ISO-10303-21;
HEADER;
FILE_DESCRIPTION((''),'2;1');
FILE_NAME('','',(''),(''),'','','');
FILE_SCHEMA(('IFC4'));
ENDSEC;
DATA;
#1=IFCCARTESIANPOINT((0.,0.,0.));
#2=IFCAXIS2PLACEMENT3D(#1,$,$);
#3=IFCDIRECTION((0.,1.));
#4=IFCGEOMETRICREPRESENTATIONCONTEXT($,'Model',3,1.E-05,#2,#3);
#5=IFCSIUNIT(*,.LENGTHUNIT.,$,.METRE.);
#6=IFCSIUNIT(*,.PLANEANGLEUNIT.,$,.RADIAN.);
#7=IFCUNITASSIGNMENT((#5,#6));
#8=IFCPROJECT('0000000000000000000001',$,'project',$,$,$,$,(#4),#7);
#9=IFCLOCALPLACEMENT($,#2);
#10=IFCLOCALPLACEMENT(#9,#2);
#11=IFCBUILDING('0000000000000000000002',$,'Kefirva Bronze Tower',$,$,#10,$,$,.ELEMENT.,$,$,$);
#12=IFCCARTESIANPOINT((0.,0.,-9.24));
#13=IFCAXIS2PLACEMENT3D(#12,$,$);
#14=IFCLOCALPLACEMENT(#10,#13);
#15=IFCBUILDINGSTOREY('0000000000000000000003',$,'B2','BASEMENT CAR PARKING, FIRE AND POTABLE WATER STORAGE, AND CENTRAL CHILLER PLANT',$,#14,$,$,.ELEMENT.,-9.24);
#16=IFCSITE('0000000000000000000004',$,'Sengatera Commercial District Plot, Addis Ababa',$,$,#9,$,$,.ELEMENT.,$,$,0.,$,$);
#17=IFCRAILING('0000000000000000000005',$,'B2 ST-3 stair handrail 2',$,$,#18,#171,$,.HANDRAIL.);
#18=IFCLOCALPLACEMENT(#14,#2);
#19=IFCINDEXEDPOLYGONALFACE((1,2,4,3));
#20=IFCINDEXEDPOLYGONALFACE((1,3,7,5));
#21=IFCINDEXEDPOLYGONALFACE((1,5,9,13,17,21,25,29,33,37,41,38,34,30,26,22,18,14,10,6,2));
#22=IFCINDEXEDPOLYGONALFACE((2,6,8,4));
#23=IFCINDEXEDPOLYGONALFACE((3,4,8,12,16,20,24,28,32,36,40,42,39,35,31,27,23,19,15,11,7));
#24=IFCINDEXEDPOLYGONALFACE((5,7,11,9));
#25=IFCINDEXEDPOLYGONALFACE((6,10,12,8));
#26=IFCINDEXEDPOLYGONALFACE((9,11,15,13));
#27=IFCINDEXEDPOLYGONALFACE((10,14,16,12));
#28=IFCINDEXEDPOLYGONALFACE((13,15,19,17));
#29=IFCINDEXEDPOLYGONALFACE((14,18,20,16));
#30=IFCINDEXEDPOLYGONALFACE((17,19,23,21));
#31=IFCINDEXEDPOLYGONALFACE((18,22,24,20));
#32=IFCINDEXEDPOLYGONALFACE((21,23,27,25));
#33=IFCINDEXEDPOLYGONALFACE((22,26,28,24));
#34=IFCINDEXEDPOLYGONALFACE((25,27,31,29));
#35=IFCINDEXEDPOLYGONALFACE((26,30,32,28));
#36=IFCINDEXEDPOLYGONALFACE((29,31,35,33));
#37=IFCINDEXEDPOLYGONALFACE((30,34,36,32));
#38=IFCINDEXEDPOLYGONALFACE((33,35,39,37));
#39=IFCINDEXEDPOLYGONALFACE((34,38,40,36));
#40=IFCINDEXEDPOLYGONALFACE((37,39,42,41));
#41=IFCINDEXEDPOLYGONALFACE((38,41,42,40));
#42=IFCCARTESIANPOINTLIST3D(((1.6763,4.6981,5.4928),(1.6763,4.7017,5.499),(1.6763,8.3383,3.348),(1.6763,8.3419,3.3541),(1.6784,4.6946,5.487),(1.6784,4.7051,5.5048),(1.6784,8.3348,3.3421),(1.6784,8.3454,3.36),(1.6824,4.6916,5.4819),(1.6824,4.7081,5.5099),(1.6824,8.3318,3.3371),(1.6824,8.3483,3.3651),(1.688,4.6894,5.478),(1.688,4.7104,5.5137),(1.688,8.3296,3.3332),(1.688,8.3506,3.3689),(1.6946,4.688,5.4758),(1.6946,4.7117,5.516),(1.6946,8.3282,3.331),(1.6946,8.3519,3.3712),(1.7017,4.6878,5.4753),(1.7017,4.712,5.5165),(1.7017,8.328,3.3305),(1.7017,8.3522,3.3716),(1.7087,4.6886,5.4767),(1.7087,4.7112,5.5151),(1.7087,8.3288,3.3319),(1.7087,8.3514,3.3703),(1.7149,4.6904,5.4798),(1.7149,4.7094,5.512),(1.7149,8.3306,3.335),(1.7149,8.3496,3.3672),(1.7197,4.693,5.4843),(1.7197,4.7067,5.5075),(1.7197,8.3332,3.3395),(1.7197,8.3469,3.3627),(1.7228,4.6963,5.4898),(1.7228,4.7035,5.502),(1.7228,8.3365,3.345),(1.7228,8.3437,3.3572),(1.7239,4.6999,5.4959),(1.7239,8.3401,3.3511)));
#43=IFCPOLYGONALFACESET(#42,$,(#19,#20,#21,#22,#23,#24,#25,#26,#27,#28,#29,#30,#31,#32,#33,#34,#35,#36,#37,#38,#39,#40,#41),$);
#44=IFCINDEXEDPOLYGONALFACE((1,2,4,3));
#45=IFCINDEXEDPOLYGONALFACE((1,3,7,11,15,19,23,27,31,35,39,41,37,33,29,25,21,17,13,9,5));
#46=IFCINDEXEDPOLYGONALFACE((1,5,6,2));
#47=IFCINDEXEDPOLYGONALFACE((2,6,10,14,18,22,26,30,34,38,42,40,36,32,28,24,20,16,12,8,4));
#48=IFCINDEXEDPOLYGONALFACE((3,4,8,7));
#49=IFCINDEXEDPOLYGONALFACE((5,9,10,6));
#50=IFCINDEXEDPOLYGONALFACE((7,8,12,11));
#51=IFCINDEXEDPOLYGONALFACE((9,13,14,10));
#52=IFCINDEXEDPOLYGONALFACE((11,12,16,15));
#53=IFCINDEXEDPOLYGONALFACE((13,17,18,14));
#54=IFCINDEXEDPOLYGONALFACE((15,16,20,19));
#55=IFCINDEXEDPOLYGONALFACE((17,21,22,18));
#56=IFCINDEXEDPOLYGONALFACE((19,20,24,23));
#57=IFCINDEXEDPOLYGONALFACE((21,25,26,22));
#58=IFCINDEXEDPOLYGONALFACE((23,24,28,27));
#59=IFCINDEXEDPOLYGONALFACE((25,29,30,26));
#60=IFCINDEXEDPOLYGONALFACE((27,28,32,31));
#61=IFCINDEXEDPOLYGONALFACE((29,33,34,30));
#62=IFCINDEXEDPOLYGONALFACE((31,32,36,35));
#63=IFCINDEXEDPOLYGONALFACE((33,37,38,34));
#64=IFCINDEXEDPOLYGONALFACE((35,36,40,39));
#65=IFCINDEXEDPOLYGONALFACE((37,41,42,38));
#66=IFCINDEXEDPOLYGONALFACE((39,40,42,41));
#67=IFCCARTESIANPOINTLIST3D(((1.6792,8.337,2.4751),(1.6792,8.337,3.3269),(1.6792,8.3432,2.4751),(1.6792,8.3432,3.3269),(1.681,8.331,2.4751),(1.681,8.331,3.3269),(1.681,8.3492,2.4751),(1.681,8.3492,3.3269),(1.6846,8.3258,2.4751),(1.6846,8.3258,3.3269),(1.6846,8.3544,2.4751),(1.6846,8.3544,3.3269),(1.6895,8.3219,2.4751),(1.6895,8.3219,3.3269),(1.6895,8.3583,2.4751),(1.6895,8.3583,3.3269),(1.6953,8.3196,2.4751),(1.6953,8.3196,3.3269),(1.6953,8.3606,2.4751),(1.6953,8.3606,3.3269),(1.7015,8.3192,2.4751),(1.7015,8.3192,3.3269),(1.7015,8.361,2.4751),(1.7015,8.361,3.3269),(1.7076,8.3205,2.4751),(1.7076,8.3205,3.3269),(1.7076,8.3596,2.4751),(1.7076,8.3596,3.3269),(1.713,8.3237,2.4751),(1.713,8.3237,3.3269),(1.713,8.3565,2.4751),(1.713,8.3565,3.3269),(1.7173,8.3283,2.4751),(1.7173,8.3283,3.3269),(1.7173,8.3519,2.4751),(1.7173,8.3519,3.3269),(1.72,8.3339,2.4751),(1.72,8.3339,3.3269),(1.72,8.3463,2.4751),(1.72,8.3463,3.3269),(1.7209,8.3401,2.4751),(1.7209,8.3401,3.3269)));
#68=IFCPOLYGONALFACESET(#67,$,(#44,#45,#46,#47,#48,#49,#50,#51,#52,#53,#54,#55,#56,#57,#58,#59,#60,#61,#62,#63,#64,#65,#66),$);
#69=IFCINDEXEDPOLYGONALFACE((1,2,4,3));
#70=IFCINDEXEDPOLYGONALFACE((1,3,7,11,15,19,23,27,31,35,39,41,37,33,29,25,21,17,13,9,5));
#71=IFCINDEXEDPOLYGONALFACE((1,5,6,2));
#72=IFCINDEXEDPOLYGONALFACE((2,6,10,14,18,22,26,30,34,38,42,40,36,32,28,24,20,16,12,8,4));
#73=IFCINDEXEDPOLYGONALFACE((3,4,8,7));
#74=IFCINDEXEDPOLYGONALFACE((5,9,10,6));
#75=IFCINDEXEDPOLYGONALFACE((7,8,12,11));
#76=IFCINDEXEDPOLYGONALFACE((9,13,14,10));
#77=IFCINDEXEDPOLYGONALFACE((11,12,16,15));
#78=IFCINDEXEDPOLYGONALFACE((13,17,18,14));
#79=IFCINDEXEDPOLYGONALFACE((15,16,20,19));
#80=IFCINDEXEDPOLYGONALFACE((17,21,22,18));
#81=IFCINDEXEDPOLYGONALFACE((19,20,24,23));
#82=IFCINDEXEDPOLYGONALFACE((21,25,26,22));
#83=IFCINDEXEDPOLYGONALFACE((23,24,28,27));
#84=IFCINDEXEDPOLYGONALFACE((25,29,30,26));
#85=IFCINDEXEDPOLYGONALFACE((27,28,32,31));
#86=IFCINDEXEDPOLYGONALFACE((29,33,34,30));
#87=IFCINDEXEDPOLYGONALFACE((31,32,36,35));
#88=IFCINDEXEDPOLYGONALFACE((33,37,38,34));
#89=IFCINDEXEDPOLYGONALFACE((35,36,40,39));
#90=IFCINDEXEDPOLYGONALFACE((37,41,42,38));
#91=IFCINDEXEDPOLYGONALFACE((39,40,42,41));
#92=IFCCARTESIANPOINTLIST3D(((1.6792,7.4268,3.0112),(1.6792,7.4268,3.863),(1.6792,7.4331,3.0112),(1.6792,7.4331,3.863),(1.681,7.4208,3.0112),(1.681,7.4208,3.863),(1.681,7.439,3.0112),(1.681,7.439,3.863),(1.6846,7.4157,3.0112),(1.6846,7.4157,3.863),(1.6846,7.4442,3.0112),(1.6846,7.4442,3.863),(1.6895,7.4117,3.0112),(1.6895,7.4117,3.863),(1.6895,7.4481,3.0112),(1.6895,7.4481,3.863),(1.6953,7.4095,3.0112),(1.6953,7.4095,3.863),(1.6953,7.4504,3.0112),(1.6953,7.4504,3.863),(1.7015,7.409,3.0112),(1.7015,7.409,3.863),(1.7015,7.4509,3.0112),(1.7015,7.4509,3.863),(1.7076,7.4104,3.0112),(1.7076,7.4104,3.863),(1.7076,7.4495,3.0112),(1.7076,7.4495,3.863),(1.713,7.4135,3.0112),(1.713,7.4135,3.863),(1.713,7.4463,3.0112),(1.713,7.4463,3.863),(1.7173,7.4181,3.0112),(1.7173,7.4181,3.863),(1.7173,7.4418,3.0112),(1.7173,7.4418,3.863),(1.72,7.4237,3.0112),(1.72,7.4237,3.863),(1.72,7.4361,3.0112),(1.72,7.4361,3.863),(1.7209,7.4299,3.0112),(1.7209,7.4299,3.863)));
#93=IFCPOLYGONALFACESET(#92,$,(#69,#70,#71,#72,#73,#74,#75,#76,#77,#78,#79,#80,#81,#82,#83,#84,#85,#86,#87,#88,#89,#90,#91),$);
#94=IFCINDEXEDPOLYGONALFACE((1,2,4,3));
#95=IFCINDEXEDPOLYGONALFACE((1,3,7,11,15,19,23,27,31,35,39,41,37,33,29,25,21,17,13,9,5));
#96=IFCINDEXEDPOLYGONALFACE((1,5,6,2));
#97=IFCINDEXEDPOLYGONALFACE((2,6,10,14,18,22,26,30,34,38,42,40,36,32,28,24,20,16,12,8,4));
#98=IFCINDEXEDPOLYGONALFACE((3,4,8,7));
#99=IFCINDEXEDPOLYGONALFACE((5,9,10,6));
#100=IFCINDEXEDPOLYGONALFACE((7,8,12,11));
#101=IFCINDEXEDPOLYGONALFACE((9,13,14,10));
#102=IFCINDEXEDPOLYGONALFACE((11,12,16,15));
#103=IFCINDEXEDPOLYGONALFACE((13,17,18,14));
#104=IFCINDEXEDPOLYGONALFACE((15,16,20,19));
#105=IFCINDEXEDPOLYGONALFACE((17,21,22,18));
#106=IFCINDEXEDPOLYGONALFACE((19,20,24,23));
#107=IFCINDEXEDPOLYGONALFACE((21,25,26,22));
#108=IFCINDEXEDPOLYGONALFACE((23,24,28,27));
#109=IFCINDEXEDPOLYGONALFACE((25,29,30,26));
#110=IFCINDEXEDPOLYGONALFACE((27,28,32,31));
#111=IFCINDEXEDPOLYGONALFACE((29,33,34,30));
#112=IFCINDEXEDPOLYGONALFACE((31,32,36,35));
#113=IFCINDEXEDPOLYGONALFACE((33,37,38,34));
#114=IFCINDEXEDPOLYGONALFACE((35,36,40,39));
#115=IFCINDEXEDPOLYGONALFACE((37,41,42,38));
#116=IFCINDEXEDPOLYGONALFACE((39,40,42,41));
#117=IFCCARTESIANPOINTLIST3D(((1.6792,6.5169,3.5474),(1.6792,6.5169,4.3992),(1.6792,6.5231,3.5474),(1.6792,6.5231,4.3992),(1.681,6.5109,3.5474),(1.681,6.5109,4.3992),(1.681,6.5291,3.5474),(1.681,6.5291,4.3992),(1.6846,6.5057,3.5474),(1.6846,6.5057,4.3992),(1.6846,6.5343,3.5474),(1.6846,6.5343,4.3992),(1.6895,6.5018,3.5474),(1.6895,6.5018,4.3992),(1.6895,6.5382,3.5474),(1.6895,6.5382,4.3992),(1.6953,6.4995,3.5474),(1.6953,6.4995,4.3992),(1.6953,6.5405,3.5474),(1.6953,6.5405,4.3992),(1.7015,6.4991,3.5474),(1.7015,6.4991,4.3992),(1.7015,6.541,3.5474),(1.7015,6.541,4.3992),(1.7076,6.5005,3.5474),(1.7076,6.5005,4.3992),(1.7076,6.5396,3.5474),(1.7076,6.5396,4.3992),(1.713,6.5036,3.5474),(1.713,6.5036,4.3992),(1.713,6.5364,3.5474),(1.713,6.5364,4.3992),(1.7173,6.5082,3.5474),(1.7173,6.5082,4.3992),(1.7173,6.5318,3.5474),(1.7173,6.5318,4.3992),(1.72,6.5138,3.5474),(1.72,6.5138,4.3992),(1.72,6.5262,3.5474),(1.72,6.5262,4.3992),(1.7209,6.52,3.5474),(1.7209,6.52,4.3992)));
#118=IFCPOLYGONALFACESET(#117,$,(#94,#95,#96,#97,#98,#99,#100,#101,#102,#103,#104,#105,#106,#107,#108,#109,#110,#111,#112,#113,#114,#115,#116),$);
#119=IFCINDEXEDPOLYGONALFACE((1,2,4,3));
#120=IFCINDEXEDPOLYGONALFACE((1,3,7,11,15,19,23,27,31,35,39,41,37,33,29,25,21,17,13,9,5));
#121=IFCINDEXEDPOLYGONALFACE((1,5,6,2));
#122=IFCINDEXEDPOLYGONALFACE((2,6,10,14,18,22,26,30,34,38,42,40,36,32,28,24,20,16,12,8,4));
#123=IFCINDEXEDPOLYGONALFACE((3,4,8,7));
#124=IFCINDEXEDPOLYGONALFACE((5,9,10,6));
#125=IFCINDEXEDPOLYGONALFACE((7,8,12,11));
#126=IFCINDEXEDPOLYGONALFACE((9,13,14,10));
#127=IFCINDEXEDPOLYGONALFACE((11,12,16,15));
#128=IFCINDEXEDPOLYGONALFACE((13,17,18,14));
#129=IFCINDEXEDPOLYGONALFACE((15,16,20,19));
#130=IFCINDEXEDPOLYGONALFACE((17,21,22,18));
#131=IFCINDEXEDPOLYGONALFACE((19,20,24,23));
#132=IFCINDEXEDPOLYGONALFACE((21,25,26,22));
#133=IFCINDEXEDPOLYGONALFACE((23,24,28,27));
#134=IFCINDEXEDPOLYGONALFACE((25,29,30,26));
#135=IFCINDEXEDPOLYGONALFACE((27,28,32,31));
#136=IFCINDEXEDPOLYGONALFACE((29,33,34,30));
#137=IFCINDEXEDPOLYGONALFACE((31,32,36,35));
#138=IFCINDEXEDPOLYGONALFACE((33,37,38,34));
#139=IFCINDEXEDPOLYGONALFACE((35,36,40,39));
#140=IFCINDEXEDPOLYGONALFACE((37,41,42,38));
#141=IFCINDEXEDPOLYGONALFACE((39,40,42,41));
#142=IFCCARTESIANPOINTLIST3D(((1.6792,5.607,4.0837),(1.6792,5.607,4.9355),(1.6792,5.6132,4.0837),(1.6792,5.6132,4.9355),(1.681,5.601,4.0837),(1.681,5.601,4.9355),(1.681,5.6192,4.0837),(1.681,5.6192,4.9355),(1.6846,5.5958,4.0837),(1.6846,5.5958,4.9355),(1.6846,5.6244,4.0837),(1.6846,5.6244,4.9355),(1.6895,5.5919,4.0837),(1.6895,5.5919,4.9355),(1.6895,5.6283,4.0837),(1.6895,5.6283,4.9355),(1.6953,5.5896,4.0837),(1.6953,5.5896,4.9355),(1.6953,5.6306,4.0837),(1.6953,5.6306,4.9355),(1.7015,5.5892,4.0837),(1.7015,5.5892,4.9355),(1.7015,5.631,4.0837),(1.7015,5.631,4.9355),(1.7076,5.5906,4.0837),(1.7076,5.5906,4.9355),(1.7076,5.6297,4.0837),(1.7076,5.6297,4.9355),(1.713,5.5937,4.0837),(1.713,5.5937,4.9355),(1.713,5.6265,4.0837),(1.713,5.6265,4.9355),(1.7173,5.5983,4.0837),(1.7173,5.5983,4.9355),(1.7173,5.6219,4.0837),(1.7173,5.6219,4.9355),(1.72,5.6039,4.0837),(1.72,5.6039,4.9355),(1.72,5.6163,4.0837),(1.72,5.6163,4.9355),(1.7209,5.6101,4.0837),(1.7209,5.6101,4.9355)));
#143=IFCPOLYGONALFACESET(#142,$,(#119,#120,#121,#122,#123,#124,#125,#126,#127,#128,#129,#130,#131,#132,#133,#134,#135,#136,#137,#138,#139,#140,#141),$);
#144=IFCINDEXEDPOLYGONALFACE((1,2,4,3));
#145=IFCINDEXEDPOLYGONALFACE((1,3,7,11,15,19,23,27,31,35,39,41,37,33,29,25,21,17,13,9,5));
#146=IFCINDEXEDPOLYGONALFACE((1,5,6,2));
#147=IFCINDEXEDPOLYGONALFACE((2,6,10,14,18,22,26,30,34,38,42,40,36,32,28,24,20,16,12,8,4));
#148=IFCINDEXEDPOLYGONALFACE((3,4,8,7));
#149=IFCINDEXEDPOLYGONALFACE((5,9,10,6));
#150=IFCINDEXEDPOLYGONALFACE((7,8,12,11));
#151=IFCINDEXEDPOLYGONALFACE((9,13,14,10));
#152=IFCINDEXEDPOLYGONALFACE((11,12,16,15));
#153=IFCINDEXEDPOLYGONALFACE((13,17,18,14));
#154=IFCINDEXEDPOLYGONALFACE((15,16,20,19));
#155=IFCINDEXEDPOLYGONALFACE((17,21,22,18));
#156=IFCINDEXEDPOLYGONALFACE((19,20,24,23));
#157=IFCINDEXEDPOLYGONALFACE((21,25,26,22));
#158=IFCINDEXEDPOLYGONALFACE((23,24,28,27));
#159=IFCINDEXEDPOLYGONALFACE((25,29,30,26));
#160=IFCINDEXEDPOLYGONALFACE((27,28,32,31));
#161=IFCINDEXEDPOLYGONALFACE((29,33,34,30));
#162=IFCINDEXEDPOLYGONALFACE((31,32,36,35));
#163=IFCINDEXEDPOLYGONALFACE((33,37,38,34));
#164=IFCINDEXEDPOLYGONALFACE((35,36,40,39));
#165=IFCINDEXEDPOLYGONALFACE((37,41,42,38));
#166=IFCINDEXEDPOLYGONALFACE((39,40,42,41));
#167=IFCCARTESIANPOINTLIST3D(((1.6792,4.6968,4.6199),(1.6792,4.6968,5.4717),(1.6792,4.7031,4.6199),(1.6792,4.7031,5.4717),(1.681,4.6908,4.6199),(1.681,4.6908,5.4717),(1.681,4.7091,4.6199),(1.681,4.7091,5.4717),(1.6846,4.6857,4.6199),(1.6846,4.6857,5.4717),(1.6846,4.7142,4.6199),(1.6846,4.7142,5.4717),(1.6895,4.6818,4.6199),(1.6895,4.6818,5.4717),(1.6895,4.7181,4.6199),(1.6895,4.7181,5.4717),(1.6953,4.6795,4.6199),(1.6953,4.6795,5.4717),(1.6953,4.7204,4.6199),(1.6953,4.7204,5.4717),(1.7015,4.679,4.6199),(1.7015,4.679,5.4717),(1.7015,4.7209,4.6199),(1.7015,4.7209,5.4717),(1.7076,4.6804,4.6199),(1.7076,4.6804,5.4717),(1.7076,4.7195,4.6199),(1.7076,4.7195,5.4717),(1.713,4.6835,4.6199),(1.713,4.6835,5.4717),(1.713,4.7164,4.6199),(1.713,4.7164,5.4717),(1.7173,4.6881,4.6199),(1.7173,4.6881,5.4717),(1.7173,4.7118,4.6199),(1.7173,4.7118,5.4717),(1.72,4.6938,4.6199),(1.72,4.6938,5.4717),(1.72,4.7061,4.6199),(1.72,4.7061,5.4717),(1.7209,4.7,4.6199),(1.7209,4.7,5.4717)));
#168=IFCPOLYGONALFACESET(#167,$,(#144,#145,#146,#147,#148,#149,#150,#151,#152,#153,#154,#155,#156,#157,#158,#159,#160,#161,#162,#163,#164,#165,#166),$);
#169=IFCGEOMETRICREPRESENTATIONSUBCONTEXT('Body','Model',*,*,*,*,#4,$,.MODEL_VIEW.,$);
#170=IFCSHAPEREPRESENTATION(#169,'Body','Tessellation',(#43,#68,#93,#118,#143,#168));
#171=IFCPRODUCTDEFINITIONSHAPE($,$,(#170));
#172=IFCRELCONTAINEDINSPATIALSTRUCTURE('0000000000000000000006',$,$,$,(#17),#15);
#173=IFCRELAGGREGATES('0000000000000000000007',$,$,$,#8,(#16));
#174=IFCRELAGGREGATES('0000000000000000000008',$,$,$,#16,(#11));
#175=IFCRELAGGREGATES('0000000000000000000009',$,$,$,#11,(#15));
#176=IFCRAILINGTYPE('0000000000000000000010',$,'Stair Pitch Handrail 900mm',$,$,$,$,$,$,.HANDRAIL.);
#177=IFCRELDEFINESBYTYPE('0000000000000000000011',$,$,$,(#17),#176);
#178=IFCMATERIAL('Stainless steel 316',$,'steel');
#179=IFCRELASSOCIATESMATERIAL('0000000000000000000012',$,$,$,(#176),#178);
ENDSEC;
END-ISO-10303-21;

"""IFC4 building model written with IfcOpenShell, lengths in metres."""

from ifc_helpers import new_model, si_unit, direction, frame, origin, origin_2d, place, context, subcontext, project, spatial, circle, extrude, material, type_object, element, save


model = new_model("IFC4")

# Units and contexts
model_context = context("Model", 3, precision=1e-05, world=origin(), true_north=direction((0.0, 1.0)))
body_context = subcontext(model_context, "Body", "Model", "MODEL_VIEW")
ifc_project = project(units=[si_unit("LENGTHUNIT", "METRE"), si_unit("PLANEANGLEUNIT", "RADIAN")], contexts=[model_context])

# Site, building, storey
site_placement = place(None, origin())
site = spatial("IfcSite", under=ifc_project, at=site_placement, Name="Sengatera Commercial District Plot, Addis Ababa", CompositionType="ELEMENT", RefElevation=0.0)
building_placement = place(site_placement, origin())
building = spatial("IfcBuilding", under=site, at=building_placement, Name="Kefirva Bronze Tower", CompositionType="ELEMENT")
storey_placement = place(building_placement, frame((0.0, 0.0, -9.24)))
storey = spatial("IfcBuildingStorey", under=building, at=storey_placement, Name="B2", Description="BASEMENT CAR PARKING, FIRE AND POTABLE WATER STORAGE, AND CENTRAL CHILLER PLANT", CompositionType="ELEMENT", Elevation=-9.24)

# Railing
ifc_material_1 = material(Name="Stainless steel 316", Category="steel")
railing_type_1 = type_object("IfcRailingType", Name="Stair Pitch Handrail 900mm", PredefinedType="HANDRAIL", material=ifc_material_1)
railing_1_placement = place(storey_placement, frame((1.7, 8.3401, 2.4751)))
element("IfcRailing", 1, at=railing_1_placement, inside=storey, type_object=railing_type_1, Name="B2 ST-3 stair handrail 2", PredefinedType="HANDRAIL", context=body_context, shape_type="SweptSolid", body=[
    extrude(circle(Radius=0.0239, at=origin_2d()), frame((0.0, 0.0, 0.876), z_axis=(0.0, -0.86157, 0.507639), x_axis=(1.0, 0.0, 0.0)), (0.0, 0.0, 1.0), 4.2251),
    extrude(circle(Radius=0.021, at=origin_2d()), origin(), (0.0, 0.0, 1.0), 0.8518),
    extrude(circle(Radius=0.021, at=origin_2d()), frame((0.0, -0.9102, 0.5361)), (0.0, 0.0, 1.0), 0.8518),
    extrude(circle(Radius=0.021, at=origin_2d()), frame((0.0, -1.8201, 1.0723)), (0.0, 0.0, 1.0), 0.8518),
    extrude(circle(Radius=0.021, at=origin_2d()), frame((0.0, -2.73, 1.6086)), (0.0, 0.0, 1.0), 0.8518),
    extrude(circle(Radius=0.021, at=origin_2d()), frame((0.0, -3.6401, 2.1448)), (0.0, 0.0, 1.0), 0.8518),
])

save(model, "model.ifc")
